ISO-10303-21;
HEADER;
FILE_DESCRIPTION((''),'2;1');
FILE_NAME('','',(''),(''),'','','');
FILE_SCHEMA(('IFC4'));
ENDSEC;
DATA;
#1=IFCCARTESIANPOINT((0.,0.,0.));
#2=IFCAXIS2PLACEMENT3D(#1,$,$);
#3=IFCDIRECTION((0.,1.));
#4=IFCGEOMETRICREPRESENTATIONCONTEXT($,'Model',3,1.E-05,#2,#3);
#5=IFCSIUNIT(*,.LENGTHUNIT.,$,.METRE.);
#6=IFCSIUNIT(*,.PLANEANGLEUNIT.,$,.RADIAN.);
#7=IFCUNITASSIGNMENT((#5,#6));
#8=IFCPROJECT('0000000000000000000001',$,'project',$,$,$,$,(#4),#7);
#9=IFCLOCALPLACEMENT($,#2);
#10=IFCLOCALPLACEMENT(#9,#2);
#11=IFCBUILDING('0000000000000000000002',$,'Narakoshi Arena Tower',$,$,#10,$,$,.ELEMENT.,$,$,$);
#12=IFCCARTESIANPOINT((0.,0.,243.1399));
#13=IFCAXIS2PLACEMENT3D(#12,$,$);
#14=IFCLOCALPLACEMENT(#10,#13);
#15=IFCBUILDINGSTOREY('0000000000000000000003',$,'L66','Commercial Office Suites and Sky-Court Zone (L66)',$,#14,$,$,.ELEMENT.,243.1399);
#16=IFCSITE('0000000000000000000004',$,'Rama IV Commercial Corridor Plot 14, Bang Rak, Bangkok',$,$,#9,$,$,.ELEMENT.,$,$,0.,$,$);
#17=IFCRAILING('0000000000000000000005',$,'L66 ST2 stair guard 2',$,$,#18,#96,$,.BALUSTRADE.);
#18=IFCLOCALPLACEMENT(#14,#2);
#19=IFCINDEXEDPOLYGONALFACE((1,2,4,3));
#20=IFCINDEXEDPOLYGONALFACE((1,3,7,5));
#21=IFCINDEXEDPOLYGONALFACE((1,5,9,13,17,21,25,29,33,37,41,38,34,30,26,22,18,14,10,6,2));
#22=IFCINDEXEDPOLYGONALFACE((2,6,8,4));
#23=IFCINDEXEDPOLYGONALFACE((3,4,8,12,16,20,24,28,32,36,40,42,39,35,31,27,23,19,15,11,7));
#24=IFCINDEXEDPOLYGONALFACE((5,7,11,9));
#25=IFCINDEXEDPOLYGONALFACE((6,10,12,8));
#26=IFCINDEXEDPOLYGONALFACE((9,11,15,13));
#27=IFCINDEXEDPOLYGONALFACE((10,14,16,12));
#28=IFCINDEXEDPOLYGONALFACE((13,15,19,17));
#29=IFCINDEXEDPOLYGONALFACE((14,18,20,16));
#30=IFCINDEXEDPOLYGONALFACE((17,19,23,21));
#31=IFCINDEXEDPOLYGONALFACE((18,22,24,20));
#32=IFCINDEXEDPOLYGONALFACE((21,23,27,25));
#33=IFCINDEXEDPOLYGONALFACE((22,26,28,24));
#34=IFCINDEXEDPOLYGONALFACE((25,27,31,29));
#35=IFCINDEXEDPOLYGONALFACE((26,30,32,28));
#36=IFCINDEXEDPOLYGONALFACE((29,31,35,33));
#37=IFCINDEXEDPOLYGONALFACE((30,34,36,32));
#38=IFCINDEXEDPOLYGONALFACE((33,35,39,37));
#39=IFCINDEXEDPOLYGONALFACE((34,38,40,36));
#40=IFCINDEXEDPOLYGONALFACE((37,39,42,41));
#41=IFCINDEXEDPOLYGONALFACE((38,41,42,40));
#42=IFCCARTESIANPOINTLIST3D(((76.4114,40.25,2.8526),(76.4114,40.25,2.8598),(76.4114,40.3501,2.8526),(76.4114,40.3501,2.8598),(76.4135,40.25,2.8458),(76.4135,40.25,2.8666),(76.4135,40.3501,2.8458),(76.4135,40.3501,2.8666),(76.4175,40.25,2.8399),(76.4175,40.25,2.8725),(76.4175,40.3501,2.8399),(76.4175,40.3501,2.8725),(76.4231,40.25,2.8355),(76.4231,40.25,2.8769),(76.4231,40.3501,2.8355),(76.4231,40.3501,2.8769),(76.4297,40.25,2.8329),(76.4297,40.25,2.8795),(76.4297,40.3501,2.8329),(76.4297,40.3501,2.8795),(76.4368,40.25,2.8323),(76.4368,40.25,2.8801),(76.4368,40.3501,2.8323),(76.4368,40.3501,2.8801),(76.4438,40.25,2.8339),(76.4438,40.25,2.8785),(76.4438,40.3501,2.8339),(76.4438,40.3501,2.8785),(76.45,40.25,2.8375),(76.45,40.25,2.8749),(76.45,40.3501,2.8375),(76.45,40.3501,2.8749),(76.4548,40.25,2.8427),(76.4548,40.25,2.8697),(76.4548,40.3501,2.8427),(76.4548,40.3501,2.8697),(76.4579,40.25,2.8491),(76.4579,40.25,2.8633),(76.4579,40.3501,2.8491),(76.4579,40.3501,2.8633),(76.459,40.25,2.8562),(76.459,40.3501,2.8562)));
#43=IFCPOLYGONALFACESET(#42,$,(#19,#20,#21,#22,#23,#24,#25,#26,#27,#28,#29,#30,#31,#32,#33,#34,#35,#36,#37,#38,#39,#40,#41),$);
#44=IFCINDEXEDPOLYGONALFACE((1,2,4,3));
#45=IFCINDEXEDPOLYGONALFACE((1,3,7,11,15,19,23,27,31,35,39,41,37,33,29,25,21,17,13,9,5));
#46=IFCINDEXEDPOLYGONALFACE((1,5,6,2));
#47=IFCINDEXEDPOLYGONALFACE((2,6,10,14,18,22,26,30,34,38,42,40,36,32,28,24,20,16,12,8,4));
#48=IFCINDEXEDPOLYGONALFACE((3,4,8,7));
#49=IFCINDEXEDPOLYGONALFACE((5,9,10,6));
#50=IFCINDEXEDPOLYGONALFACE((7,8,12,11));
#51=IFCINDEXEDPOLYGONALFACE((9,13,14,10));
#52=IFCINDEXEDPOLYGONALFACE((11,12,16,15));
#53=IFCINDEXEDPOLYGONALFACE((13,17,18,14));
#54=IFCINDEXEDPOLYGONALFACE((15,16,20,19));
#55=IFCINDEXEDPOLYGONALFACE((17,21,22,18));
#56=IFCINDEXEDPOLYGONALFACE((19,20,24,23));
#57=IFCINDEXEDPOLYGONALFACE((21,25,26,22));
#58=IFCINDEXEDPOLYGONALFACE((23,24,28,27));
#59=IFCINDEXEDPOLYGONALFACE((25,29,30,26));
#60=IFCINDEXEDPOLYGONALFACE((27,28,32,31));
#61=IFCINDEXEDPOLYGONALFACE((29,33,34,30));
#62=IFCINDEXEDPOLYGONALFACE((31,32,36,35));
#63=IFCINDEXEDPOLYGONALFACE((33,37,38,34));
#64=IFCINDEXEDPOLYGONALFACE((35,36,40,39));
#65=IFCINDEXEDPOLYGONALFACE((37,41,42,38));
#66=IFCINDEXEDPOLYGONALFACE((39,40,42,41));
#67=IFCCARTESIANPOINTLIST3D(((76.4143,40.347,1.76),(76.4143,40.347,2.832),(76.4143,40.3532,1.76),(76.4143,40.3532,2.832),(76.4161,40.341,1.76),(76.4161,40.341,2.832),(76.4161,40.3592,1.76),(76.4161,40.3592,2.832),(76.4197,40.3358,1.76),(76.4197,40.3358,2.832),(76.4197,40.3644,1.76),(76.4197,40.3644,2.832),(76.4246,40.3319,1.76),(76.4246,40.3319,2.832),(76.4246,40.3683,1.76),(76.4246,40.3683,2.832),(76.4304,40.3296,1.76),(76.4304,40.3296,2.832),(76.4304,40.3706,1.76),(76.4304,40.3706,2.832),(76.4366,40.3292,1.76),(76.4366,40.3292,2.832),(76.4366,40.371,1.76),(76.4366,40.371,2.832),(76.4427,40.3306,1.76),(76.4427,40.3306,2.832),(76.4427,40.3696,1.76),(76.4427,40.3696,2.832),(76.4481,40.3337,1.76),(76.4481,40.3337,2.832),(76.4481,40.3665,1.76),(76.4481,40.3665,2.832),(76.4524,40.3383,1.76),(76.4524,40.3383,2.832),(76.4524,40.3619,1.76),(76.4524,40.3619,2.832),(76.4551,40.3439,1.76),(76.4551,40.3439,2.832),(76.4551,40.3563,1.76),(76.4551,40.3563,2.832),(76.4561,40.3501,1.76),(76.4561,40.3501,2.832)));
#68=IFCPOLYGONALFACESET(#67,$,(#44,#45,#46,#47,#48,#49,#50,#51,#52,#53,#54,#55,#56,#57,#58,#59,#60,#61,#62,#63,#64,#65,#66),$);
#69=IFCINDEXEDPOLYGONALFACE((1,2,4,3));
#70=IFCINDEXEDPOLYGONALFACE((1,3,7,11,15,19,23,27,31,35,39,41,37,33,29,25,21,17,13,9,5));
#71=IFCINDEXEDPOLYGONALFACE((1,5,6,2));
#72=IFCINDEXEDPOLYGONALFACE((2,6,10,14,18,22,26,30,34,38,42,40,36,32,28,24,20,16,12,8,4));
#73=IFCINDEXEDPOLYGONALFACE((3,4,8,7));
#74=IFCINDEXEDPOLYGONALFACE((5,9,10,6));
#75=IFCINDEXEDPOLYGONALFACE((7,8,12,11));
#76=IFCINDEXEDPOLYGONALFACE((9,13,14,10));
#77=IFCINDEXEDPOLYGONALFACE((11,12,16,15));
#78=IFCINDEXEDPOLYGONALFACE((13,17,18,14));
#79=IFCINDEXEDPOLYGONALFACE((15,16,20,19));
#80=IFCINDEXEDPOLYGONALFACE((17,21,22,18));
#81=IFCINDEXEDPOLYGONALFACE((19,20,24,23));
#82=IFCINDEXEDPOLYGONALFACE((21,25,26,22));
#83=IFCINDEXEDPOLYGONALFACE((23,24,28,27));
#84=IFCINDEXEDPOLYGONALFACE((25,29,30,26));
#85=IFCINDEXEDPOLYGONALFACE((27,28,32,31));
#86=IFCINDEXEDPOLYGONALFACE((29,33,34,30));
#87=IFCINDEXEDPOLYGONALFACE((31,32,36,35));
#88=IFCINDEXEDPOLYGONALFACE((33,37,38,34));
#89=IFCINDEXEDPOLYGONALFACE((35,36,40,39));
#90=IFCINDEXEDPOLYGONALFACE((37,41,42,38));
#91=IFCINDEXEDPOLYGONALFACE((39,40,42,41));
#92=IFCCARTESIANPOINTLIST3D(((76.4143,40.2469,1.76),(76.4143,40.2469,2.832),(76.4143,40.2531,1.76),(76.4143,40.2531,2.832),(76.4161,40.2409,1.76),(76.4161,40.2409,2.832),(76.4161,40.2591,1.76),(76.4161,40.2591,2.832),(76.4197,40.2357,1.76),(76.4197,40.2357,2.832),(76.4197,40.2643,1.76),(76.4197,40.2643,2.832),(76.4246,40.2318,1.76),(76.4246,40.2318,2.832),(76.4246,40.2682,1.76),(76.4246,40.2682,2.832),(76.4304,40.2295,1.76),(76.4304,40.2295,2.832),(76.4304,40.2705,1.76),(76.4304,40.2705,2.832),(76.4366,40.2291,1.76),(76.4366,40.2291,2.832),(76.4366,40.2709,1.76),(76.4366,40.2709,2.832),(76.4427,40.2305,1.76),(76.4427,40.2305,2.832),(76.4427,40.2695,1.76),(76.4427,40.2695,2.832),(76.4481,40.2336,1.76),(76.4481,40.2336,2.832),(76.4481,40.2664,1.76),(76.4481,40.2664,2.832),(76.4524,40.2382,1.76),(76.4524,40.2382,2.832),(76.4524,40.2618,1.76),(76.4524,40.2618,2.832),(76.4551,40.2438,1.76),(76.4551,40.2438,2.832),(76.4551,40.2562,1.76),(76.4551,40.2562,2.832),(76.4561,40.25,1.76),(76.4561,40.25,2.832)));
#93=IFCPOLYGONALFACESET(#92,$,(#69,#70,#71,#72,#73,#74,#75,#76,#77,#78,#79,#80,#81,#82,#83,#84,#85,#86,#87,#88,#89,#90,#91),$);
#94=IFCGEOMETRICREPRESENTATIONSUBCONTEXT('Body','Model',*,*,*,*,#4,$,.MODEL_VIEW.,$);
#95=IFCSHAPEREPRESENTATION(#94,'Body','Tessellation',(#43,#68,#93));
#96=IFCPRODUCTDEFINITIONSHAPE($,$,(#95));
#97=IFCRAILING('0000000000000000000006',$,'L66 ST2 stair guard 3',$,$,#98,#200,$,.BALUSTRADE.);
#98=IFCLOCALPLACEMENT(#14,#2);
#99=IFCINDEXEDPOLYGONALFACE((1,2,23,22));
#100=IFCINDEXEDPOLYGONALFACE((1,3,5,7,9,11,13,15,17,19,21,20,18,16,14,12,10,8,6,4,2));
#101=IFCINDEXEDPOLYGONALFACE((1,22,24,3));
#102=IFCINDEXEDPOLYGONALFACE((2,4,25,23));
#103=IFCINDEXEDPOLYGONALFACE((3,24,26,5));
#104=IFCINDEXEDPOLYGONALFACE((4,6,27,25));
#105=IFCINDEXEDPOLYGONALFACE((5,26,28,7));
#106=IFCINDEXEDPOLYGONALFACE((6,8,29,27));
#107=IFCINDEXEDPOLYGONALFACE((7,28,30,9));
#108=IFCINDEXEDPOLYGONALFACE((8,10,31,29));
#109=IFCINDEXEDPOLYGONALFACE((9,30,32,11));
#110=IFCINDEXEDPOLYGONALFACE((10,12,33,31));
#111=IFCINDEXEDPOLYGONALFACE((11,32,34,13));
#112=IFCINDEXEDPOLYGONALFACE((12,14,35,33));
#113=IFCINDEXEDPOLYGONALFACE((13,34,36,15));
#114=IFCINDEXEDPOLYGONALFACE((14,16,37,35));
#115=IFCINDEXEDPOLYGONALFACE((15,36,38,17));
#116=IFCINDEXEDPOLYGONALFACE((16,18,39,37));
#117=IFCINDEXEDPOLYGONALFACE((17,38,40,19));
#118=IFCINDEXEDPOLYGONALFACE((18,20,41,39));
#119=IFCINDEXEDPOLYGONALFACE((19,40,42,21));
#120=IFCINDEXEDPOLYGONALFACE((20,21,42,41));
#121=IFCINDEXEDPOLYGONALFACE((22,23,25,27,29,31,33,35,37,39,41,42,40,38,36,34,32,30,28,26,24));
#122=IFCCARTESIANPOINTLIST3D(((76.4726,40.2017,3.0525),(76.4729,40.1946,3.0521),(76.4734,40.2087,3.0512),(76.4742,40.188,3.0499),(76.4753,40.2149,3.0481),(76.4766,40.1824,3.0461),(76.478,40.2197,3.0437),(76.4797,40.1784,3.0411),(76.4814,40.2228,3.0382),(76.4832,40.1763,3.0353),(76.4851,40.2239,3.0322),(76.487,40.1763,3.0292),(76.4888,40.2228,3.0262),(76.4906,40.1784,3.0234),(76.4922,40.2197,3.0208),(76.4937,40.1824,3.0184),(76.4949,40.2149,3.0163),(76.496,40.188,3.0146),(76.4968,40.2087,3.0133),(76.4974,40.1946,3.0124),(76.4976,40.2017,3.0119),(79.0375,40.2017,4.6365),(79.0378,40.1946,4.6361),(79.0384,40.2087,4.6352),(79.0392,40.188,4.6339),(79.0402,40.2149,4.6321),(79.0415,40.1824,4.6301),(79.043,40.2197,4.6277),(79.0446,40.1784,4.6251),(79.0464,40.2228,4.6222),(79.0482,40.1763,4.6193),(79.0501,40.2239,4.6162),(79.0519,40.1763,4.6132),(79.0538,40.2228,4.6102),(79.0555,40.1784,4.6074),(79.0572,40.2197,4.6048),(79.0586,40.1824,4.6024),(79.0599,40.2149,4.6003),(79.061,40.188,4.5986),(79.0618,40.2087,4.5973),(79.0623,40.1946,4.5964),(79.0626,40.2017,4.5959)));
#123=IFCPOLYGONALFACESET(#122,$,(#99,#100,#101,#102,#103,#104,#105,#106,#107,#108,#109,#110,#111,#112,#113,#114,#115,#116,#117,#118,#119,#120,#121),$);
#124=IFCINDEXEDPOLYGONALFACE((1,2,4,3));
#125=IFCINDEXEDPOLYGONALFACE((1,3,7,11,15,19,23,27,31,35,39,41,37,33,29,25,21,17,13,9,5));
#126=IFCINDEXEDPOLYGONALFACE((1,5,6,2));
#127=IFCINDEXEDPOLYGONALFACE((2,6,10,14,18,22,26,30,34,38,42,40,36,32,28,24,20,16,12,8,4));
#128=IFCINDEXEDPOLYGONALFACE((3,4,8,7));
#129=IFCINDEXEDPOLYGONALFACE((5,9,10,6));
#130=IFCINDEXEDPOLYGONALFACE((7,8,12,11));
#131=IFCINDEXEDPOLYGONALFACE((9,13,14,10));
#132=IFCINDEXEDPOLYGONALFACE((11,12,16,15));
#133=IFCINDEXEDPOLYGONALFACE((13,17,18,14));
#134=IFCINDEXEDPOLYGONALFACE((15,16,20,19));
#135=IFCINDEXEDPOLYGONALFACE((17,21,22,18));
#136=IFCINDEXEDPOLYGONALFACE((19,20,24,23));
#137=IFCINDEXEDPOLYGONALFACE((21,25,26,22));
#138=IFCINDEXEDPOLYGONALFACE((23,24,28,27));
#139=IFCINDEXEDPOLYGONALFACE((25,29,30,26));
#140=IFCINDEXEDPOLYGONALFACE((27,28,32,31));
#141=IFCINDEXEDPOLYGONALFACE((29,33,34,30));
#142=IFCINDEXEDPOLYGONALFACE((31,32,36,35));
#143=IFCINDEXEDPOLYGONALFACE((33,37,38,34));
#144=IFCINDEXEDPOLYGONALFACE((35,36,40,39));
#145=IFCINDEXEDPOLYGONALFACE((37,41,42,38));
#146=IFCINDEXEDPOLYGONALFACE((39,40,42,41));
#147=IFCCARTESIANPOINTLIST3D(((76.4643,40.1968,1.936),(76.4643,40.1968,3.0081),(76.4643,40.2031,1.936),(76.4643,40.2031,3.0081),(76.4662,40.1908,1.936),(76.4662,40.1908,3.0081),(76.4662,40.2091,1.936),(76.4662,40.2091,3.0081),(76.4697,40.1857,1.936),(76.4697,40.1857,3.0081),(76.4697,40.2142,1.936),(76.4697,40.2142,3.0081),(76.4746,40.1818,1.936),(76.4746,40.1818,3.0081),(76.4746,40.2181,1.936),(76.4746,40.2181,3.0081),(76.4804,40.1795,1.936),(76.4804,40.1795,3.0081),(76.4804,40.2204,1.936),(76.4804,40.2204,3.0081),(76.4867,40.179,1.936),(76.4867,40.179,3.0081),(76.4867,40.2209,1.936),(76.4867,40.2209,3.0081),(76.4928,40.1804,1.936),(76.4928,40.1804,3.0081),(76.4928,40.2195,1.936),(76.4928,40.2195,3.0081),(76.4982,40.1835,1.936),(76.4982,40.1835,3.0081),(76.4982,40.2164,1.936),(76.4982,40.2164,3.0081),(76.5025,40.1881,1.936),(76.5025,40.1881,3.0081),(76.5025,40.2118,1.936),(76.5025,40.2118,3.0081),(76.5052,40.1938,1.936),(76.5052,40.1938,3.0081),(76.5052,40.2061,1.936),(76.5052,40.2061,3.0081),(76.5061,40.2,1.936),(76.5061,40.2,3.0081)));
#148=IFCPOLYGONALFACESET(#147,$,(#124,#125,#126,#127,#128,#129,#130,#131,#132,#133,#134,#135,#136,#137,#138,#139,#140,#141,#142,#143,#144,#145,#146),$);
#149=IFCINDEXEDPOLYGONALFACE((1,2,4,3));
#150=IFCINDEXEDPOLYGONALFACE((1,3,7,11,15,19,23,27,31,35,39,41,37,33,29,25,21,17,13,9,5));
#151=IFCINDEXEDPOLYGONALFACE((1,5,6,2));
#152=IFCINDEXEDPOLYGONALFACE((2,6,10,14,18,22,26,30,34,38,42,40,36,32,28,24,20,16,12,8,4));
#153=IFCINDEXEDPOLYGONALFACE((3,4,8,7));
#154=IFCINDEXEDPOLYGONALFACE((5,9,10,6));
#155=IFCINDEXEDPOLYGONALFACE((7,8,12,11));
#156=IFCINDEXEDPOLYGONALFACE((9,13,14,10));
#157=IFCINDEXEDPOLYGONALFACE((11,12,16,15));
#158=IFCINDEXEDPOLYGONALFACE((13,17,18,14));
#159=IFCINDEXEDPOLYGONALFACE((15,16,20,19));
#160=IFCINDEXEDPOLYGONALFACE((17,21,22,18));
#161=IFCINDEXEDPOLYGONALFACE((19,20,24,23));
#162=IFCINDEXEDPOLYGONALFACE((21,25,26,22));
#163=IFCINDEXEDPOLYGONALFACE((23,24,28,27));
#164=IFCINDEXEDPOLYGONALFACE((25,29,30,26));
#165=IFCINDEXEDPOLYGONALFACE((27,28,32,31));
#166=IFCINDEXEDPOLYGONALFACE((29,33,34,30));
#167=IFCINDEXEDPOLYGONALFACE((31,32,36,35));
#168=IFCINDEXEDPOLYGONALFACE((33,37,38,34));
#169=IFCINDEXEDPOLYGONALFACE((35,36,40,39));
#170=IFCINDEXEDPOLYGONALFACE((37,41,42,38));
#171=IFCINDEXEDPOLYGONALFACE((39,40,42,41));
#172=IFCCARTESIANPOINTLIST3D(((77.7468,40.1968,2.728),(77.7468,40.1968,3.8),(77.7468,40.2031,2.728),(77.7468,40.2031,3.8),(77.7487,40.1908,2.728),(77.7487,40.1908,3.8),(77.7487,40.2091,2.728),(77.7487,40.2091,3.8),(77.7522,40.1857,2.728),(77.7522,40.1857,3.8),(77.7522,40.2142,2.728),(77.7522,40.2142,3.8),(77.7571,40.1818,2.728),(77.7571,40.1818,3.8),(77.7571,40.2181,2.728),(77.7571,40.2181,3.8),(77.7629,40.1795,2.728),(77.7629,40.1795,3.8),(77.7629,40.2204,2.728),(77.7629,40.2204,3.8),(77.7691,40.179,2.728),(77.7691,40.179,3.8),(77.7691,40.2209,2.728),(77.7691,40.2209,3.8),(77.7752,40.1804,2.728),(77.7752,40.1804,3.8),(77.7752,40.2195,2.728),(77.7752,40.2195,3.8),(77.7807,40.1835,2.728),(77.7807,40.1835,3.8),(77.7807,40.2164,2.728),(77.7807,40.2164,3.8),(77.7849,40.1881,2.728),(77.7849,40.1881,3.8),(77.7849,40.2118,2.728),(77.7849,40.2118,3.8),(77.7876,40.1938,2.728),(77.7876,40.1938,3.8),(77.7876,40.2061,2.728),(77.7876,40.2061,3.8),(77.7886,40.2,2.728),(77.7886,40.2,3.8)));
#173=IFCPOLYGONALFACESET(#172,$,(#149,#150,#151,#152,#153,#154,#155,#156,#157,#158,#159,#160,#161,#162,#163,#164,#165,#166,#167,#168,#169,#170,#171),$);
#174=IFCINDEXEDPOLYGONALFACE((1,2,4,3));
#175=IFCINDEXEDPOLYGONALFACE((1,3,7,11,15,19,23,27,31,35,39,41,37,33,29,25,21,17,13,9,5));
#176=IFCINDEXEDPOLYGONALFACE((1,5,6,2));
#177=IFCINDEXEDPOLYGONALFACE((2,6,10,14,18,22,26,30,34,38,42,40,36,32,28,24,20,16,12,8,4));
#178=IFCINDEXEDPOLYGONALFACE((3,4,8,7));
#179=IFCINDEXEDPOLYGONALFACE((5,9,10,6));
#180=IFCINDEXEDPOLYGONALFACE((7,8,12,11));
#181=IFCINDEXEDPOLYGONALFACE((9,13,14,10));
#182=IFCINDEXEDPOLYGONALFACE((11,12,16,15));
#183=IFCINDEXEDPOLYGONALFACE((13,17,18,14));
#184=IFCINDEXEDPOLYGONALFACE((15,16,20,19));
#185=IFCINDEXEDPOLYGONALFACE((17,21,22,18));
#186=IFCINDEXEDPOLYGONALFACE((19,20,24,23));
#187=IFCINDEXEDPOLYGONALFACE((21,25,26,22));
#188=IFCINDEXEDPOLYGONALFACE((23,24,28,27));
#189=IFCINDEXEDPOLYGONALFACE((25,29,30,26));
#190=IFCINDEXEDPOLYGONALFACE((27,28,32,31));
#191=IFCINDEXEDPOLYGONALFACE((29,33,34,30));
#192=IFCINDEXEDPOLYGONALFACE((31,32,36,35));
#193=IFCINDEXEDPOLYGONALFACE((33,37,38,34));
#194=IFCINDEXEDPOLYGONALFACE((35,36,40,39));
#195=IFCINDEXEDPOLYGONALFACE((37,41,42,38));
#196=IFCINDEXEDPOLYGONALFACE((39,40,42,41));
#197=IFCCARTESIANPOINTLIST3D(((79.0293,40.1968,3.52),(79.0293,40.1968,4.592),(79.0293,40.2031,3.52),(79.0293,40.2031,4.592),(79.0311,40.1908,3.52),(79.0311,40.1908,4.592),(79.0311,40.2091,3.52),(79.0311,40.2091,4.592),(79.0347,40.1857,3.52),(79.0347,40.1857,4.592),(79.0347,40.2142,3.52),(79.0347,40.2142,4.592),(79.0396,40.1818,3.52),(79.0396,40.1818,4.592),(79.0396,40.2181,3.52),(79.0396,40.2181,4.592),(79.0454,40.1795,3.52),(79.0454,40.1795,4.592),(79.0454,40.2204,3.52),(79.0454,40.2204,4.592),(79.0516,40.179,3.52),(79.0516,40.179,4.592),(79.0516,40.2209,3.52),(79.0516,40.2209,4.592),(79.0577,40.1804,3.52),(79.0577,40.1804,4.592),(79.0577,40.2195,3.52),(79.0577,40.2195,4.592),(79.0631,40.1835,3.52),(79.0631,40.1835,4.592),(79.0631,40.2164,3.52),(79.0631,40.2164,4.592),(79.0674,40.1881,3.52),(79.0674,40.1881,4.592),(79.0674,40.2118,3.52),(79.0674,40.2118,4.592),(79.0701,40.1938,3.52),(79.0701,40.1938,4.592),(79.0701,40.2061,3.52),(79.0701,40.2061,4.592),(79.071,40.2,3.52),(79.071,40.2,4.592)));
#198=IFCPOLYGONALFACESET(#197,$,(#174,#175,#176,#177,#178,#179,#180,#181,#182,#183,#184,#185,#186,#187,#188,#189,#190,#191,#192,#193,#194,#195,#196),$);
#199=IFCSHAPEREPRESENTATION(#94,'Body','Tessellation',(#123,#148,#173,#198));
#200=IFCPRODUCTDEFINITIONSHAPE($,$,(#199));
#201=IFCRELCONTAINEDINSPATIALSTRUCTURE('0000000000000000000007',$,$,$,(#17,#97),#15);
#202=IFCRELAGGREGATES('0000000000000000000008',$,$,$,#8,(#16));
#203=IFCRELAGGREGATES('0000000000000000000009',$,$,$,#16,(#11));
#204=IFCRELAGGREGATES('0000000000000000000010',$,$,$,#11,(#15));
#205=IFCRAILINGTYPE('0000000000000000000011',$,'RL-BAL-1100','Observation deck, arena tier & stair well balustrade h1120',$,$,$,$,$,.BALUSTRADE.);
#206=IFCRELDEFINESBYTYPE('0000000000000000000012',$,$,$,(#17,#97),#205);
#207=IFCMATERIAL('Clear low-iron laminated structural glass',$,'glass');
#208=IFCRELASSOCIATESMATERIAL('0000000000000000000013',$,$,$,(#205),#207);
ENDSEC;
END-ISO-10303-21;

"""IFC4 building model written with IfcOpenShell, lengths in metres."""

from ifc_helpers import new_model, si_unit, direction, frame, origin, origin_2d, place, context, subcontext, project, spatial, circle, extrude, material, type_object, element, save


model = new_model("IFC4")

# Units and contexts
model_context = context("Model", 3, precision=1e-05, world=origin(), true_north=direction((0.0, 1.0)))
body_context = subcontext(model_context, "Body", "Model", "MODEL_VIEW")
ifc_project = project(units=[si_unit("LENGTHUNIT", "METRE"), si_unit("PLANEANGLEUNIT", "RADIAN")], contexts=[model_context])

# Site, building, storey
site_placement = place(None, origin())
site = spatial("IfcSite", under=ifc_project, at=site_placement, Name="Rama IV Commercial Corridor Plot 14, Bang Rak, Bangkok", CompositionType="ELEMENT", RefElevation=0.0)
building_placement = place(site_placement, origin())
building = spatial("IfcBuilding", under=site, at=building_placement, Name="Narakoshi Arena Tower", CompositionType="ELEMENT")
storey_placement = place(building_placement, frame((0.0, 0.0, 243.1399)))
storey = spatial("IfcBuildingStorey", under=building, at=storey_placement, Name="L66", Description="Commercial Office Suites and Sky-Court Zone (L66)", CompositionType="ELEMENT", Elevation=243.1399)

# Railings
ifc_material_1 = material(Name="Clear low-iron laminated structural glass", Category="glass")
railing_type_1 = type_object("IfcRailingType", Name="RL-BAL-1100", Description="Observation deck, arena tier & stair well balustrade h1120", PredefinedType="BALUSTRADE", material=ifc_material_1)
railing_1_placement = place(storey_placement, frame((76.4351, 40.3501, 1.76)))
element("IfcRailing", 1, at=railing_1_placement, inside=storey, type_object=railing_type_1, Name="L66 ST2 stair guard 2", PredefinedType="BALUSTRADE", context=body_context, shape_type="SweptSolid", body=[
    extrude(circle(Radius=0.0239, at=origin_2d()), frame((0.0, 0.0, 1.0962), z_axis=(0.0, -1.0, 0.0), x_axis=(1.0, 0.0, 0.0)), (0.0, 0.0, 1.0), 0.1001),
    extrude(circle(Radius=0.021, at=origin_2d()), origin(), (0.0, 0.0, 1.0), 1.072),
    extrude(circle(Radius=0.021, at=origin_2d()), frame((0.0, -0.1001, 0.0)), (0.0, 0.0, 1.0), 1.072),
])
railing_2_placement = place(storey_placement, frame((76.4851, 40.2, 1.936)))
element("IfcRailing", 2, at=railing_2_placement, inside=storey, type_object=railing_type_1, Name="L66 ST2 stair guard 3", PredefinedType="BALUSTRADE", context=body_context, shape_type="SweptSolid", body=[
    extrude(circle(Radius=0.0239, at=origin_2d()), frame((0.0, 0.0, 1.0962), z_axis=(0.850834, 0.0, 0.525434), x_axis=(0.0, 1.0, 0.0)), (0.0, 0.0, 1.0), 3.0146),
    extrude(circle(Radius=0.021, at=origin_2d()), origin(), (0.0, 0.0, 1.0), 1.072),
    extrude(circle(Radius=0.021, at=origin_2d()), frame((1.2825, 0.0, 0.792)), (0.0, 0.0, 1.0), 1.072),
    extrude(circle(Radius=0.021, at=origin_2d()), frame((2.5649, 0.0, 1.584)), (0.0, 0.0, 1.0), 1.072),
])

save(model, "model.ifc")
